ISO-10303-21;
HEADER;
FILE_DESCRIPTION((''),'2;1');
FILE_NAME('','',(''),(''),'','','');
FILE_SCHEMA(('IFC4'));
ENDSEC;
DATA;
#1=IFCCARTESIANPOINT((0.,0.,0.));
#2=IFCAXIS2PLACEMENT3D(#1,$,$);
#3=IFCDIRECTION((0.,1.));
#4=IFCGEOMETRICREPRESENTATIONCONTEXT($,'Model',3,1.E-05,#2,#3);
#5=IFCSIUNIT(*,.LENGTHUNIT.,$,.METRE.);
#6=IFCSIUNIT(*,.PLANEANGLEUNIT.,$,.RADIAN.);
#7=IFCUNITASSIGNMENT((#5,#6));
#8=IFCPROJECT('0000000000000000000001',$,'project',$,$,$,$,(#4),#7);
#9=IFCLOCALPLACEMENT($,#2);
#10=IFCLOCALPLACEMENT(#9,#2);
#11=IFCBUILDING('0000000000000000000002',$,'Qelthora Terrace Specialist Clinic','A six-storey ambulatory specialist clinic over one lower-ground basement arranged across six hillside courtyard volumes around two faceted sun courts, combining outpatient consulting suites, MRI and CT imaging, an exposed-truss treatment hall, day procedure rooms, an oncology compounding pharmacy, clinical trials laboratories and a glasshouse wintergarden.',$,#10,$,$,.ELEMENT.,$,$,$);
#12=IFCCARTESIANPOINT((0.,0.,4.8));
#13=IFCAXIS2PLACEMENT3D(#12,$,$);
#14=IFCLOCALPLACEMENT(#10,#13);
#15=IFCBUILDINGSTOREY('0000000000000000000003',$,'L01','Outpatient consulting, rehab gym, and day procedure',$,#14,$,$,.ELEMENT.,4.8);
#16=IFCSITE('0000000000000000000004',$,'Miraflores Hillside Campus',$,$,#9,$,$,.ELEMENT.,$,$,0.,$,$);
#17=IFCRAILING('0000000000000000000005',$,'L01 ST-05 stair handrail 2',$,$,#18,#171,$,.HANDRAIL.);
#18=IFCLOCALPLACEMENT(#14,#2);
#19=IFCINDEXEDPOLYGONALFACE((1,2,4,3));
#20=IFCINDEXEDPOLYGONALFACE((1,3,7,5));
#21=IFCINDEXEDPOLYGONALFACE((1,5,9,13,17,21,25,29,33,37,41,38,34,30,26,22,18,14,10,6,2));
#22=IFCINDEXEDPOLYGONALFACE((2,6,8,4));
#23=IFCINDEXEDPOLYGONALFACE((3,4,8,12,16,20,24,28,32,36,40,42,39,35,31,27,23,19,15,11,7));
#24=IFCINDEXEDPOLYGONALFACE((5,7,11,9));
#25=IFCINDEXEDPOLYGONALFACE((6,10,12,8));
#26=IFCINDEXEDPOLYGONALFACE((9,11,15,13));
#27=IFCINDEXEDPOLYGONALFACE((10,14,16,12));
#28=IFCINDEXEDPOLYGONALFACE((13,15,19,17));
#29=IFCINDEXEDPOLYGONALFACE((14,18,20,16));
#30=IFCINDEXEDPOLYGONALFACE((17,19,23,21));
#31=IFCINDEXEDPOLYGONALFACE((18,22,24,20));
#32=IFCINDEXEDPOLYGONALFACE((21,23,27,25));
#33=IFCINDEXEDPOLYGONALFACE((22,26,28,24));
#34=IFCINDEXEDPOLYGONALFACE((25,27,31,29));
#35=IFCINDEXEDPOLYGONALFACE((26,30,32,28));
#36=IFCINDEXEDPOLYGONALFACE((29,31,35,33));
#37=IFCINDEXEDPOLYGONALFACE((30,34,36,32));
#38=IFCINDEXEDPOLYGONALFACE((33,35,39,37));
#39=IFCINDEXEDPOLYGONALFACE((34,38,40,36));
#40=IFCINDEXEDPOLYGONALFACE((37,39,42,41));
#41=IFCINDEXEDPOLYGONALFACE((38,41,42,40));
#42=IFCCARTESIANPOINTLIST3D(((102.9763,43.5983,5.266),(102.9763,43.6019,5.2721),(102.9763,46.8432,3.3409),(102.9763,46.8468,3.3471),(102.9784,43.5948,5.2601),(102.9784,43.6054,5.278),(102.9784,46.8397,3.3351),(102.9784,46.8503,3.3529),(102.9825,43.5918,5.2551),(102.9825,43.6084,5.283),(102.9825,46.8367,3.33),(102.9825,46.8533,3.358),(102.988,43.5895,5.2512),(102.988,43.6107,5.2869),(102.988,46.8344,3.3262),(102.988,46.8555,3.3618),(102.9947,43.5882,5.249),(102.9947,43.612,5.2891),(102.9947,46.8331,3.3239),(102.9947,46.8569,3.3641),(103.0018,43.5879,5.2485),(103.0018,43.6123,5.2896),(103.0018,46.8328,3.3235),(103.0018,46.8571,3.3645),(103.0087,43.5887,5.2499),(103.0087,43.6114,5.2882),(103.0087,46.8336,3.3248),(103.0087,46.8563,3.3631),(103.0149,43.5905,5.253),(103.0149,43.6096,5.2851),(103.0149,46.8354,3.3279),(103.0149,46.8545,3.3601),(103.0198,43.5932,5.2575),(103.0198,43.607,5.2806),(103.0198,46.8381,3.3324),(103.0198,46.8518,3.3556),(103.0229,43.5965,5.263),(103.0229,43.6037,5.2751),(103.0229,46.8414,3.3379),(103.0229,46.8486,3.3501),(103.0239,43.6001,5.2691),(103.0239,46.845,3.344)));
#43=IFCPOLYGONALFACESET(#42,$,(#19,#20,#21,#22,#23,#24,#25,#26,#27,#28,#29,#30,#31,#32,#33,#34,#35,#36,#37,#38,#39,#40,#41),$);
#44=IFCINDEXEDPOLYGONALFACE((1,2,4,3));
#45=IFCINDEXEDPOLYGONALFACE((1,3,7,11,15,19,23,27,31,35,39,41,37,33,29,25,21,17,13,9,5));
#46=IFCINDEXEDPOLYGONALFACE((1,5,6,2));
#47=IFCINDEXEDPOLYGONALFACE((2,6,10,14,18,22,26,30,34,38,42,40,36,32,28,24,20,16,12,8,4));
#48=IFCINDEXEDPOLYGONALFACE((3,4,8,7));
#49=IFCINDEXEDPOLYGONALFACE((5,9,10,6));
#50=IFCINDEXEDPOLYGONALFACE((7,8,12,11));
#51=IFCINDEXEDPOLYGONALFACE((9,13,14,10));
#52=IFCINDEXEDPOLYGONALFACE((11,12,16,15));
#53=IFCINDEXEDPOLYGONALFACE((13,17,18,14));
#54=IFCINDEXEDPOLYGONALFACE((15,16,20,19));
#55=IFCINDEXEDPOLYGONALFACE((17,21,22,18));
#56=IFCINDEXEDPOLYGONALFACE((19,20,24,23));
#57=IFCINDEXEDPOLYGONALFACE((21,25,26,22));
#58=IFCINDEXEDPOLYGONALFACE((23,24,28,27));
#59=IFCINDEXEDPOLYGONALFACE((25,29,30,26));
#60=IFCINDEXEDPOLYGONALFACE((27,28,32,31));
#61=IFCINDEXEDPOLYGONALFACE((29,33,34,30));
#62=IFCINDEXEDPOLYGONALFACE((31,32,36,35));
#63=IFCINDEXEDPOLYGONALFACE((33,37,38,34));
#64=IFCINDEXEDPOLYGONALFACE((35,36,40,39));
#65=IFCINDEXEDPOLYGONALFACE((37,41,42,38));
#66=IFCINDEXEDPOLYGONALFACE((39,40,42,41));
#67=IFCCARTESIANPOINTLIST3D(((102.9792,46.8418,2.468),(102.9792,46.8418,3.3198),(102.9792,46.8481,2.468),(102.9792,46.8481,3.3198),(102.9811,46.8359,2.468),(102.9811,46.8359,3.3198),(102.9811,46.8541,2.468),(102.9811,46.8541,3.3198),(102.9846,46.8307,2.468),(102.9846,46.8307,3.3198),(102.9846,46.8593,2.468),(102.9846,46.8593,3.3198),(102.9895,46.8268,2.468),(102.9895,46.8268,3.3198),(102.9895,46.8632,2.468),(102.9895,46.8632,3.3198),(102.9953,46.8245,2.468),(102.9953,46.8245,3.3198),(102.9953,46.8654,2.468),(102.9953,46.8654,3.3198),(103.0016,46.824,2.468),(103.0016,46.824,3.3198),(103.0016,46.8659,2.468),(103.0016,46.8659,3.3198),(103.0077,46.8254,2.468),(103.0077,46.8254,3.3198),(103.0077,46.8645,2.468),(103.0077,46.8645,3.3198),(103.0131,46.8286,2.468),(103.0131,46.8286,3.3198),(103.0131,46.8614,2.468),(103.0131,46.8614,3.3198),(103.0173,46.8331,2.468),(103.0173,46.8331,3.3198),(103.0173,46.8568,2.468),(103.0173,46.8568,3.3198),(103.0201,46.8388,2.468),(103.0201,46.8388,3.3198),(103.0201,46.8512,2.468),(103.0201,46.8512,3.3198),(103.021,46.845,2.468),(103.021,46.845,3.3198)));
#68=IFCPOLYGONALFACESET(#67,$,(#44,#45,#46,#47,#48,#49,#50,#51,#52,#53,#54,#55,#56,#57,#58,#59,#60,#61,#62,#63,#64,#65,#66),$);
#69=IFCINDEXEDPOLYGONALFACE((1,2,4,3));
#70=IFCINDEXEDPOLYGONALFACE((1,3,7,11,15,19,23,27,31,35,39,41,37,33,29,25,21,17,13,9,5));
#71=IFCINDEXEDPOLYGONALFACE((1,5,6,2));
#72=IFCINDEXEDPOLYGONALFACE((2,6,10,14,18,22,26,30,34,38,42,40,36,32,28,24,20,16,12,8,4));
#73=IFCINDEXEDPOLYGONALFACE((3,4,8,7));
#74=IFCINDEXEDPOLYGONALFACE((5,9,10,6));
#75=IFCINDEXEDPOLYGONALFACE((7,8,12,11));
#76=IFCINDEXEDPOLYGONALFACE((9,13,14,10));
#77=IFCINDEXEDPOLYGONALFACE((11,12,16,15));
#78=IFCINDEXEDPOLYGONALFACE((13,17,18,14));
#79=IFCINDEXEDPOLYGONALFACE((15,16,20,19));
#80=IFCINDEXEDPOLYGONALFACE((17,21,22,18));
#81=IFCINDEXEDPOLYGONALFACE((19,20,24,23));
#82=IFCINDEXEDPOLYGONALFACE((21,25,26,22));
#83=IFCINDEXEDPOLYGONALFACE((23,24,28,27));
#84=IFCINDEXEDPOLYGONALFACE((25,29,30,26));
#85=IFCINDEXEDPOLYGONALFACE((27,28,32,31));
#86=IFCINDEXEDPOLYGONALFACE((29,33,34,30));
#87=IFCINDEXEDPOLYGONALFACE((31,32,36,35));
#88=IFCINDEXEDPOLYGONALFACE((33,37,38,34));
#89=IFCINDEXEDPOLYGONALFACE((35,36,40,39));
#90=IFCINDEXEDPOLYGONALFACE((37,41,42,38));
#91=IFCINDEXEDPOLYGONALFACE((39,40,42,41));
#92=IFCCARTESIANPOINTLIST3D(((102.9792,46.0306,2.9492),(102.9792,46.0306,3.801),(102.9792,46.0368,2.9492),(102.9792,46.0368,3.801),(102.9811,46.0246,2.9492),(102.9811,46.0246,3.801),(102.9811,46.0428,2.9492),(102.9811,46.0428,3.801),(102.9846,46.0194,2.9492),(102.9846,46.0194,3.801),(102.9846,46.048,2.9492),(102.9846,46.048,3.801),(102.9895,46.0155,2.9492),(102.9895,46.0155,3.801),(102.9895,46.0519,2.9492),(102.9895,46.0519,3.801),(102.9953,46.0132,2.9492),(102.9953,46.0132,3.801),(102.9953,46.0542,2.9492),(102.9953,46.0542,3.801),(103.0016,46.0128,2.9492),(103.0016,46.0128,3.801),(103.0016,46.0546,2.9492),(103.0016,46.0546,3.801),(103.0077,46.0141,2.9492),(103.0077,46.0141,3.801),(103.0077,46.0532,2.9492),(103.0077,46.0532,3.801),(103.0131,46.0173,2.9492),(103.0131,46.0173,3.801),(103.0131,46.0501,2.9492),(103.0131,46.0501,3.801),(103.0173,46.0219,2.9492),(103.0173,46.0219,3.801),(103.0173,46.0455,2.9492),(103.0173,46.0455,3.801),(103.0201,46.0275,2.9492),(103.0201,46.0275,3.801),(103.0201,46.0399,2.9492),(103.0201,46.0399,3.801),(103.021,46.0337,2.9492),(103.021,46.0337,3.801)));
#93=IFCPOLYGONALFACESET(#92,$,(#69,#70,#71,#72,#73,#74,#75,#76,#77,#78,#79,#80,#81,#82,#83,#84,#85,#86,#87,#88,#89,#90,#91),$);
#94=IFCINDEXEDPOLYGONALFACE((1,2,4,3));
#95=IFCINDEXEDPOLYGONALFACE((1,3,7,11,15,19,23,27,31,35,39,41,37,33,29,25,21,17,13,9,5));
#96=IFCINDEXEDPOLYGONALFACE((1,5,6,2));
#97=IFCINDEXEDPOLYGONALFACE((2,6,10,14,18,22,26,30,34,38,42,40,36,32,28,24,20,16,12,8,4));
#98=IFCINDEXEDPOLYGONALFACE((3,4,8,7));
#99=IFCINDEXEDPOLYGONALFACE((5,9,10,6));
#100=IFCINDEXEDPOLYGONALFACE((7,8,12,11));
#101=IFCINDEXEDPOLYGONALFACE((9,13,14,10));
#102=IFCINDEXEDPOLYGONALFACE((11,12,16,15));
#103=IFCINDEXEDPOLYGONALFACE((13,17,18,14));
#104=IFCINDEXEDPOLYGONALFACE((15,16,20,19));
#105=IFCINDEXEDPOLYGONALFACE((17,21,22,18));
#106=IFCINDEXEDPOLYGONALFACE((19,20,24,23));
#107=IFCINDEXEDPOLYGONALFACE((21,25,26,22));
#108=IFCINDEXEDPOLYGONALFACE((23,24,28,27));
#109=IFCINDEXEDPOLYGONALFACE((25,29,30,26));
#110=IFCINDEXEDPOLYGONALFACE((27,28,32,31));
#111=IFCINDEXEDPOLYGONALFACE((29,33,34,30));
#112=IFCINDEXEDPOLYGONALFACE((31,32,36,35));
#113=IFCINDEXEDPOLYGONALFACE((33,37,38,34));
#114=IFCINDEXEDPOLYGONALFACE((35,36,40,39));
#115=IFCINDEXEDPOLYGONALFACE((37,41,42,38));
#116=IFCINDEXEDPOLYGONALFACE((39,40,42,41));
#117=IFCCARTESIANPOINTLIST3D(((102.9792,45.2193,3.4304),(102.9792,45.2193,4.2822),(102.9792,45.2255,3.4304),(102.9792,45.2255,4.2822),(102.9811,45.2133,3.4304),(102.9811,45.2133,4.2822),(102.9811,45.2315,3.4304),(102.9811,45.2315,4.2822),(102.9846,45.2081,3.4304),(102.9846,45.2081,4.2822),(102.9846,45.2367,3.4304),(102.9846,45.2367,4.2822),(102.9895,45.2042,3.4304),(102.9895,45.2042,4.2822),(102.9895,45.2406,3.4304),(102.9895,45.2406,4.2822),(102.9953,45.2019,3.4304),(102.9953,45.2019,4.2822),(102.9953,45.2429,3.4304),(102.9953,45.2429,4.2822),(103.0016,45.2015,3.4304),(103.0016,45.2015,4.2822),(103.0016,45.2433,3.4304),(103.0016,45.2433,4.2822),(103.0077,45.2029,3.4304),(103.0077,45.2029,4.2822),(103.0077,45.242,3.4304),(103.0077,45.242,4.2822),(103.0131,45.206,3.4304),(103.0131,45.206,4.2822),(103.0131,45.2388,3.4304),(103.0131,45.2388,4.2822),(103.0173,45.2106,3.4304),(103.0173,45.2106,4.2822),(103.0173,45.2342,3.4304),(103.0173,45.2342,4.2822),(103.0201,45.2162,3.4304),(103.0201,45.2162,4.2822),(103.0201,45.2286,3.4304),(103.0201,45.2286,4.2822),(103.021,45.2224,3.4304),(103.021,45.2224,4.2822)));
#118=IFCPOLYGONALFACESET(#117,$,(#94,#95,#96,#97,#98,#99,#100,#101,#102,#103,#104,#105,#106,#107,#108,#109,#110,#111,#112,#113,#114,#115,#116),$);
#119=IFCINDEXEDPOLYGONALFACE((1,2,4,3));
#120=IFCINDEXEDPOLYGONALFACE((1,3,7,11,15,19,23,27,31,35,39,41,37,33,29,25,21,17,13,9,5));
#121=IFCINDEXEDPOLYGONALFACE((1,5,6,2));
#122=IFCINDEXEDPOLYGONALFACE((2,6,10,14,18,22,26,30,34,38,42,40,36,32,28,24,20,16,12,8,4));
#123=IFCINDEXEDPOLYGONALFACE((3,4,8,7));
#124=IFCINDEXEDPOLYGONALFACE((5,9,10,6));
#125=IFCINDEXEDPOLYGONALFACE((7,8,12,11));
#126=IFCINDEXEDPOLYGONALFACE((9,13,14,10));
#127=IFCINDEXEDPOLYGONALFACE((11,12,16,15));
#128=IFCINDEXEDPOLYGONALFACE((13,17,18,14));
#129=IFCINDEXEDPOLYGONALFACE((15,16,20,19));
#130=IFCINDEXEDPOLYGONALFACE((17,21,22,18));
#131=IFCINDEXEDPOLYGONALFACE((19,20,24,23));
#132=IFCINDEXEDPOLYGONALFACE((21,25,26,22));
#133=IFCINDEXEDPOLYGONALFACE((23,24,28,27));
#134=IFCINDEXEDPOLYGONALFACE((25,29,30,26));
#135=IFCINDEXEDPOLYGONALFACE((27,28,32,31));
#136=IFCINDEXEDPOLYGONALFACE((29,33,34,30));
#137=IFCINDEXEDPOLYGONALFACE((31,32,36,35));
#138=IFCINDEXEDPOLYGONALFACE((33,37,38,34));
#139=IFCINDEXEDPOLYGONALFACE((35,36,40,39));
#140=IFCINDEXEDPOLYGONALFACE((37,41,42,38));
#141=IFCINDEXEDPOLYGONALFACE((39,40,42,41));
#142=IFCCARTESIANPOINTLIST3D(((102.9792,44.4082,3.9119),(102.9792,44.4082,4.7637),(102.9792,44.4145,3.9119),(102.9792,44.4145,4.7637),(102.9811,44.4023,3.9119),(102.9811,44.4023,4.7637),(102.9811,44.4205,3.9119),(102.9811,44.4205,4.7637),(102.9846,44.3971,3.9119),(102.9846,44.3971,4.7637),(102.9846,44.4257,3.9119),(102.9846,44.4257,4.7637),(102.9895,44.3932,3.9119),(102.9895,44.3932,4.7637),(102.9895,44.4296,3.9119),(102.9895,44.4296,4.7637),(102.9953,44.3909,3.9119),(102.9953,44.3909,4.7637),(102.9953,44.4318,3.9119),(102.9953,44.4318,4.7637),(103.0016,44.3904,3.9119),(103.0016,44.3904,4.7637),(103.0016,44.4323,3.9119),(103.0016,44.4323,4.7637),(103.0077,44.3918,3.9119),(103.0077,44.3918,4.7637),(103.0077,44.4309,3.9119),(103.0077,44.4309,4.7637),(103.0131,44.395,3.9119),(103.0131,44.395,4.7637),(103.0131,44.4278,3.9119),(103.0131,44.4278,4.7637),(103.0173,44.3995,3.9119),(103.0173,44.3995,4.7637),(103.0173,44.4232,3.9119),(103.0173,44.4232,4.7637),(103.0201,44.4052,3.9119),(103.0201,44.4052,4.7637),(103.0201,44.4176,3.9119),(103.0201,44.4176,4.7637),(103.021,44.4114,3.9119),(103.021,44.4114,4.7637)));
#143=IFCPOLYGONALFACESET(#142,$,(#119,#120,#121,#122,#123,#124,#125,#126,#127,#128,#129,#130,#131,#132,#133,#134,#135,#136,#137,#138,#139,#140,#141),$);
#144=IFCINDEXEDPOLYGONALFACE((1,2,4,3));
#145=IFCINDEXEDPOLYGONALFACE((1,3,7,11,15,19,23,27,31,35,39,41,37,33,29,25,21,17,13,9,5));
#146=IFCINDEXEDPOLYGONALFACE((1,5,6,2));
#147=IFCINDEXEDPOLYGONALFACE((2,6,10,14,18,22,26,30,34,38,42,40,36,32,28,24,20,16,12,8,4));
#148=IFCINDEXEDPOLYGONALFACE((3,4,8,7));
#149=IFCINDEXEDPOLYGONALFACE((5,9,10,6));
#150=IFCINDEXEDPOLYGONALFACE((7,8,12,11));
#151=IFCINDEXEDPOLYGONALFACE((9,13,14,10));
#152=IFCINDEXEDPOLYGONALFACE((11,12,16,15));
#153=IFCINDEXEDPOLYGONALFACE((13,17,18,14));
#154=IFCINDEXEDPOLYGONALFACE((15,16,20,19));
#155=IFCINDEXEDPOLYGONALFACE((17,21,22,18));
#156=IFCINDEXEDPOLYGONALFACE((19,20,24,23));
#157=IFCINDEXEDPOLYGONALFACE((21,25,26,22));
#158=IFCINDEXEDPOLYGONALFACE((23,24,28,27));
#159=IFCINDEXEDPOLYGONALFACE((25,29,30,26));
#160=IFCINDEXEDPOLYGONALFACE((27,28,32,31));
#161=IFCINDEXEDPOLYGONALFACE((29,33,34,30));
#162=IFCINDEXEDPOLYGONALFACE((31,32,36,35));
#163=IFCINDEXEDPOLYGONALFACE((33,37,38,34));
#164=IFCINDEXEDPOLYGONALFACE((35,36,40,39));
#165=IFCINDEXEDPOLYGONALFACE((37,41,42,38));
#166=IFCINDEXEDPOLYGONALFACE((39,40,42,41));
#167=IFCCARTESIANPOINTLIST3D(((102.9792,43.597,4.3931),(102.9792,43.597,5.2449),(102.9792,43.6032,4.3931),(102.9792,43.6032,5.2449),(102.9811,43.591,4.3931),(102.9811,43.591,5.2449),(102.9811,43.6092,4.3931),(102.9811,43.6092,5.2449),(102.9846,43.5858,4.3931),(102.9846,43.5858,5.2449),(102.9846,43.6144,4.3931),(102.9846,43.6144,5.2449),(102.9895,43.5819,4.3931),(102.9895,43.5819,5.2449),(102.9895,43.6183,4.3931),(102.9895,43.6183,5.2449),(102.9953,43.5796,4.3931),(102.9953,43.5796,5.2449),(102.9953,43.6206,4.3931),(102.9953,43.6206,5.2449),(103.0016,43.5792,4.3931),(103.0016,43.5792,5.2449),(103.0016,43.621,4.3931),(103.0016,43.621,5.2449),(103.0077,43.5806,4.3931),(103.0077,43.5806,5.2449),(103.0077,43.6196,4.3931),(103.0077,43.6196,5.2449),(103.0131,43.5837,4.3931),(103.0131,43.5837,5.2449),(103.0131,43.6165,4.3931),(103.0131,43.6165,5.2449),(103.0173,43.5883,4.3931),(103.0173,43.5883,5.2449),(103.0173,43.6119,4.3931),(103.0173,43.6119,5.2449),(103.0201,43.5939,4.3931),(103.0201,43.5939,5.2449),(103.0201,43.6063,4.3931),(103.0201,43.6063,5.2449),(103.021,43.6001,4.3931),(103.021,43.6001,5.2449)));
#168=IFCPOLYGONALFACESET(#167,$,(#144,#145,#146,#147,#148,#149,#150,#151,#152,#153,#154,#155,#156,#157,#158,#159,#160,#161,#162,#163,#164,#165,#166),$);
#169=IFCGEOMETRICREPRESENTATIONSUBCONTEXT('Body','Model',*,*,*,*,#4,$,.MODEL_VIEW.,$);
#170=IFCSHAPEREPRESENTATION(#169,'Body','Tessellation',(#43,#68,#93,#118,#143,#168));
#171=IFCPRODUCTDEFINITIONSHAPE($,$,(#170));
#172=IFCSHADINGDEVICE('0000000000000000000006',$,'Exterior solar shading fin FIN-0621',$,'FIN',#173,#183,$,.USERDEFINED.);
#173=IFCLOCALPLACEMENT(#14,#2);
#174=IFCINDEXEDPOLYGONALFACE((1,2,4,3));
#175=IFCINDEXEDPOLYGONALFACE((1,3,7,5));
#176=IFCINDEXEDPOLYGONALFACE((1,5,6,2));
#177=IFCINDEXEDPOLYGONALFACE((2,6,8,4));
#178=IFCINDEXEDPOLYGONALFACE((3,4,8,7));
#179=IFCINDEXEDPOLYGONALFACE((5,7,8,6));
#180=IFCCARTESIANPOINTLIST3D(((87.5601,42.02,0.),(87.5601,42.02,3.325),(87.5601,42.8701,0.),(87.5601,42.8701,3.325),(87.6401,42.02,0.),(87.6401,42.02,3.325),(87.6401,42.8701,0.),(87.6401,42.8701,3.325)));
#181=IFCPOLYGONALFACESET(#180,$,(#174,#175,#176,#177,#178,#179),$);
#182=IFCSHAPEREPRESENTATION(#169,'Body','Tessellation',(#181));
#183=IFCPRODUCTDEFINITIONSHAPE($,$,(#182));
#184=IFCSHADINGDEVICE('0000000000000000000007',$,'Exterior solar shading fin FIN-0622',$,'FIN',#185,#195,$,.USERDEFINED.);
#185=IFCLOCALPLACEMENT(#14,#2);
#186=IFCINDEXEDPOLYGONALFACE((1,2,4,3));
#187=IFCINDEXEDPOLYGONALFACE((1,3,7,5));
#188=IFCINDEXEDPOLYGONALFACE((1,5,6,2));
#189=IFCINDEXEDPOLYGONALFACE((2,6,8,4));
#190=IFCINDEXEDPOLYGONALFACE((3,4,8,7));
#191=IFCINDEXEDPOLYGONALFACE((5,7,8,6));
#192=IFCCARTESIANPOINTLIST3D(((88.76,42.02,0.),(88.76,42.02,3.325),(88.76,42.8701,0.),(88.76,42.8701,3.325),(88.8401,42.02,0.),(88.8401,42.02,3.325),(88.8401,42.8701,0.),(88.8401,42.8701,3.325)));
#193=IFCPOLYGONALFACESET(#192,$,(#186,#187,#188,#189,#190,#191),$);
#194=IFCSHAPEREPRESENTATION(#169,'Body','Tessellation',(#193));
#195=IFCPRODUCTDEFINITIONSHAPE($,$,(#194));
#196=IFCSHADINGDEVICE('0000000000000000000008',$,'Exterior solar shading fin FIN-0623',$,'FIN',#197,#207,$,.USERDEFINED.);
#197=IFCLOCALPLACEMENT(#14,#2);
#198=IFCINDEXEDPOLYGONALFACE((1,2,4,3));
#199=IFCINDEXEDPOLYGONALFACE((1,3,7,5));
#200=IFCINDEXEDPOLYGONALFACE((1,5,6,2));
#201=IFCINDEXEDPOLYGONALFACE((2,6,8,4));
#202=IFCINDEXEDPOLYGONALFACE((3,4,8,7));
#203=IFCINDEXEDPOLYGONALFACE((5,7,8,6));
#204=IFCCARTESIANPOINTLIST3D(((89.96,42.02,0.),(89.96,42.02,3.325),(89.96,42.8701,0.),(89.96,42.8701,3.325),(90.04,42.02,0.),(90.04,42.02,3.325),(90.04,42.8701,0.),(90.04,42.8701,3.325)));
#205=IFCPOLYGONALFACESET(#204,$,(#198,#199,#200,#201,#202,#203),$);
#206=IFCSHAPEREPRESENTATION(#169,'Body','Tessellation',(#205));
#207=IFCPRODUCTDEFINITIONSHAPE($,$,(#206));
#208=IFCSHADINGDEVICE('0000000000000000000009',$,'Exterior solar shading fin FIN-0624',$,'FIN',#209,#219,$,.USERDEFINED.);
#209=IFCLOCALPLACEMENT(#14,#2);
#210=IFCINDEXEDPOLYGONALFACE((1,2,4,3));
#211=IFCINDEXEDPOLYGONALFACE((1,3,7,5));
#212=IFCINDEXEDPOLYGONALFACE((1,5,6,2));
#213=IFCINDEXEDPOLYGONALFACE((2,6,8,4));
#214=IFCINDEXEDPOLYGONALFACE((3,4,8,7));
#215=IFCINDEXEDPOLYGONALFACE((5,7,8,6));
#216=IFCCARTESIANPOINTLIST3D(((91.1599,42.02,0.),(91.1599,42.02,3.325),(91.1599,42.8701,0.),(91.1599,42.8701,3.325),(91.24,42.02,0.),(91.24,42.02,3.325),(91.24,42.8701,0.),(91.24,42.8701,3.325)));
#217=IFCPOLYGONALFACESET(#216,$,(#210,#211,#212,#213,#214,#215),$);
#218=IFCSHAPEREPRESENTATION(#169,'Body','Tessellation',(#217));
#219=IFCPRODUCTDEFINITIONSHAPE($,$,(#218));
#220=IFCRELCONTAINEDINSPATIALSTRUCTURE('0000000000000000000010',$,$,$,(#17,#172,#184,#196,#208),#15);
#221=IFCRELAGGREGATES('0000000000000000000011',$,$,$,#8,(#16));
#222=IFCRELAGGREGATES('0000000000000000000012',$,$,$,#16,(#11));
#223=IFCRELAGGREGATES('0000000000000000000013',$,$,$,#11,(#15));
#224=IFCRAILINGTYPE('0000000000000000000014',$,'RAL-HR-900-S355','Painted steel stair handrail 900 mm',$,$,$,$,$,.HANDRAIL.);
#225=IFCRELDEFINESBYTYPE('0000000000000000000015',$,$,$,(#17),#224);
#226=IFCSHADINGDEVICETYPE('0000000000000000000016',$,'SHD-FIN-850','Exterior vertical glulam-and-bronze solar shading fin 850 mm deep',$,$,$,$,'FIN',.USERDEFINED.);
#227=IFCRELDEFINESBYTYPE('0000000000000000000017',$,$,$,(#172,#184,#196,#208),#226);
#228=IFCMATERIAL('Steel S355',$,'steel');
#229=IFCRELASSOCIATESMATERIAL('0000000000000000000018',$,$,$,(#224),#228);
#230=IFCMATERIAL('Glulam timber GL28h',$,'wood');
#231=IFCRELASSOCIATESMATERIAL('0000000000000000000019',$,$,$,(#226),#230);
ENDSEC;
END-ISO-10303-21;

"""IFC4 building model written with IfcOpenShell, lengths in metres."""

from ifc_helpers import new_model, si_unit, direction, frame, origin, origin_2d, place, context, subcontext, project, spatial, rectangle, circle, extrude, material, type_object, element, save


model = new_model("IFC4")

# Units and contexts
model_context = context("Model", 3, precision=1e-05, world=origin(), true_north=direction((0.0, 1.0)))
body_context = subcontext(model_context, "Body", "Model", "MODEL_VIEW")
ifc_project = project(units=[si_unit("LENGTHUNIT", "METRE"), si_unit("PLANEANGLEUNIT", "RADIAN")], contexts=[model_context])

# Site, building, storey
site_placement = place(None, origin())
site = spatial("IfcSite", under=ifc_project, at=site_placement, Name="Miraflores Hillside Campus", CompositionType="ELEMENT", RefElevation=0.0)
building_placement = place(site_placement, origin())
building = spatial("IfcBuilding", under=site, at=building_placement, Name="Qelthora Terrace Specialist Clinic", Description="A six-storey ambulatory specialist clinic over one lower-ground basement arranged across six hillside courtyard volumes around two faceted sun courts, combining outpatient consulting suites, MRI and CT imaging, an exposed-truss treatment hall, day procedure rooms, an oncology compounding pharmacy, clinical trials laboratories and a glasshouse wintergarden.", CompositionType="ELEMENT")
storey_placement = place(building_placement, frame((0.0, 0.0, 4.8)))
storey = spatial("IfcBuildingStorey", under=building, at=storey_placement, Name="L01", Description="Outpatient consulting, rehab gym, and day procedure", CompositionType="ELEMENT", Elevation=4.8)

# Shared definitions
ifc_material_1 = material(Name="Steel S355", Category="steel")

# Railing
railing_type_1 = type_object("IfcRailingType", Name="RAL-HR-900-S355", Description="Painted steel stair handrail 900 mm", PredefinedType="HANDRAIL", material=ifc_material_1)
railing_1_placement = place(storey_placement, frame((103.0, 46.845, 2.468)))
element("IfcRailing", 1, at=railing_1_placement, inside=storey, type_object=railing_type_1, Name="L01 ST-05 stair handrail 2", PredefinedType="HANDRAIL", context=body_context, shape_type="SweptSolid", body=[
    extrude(circle(Radius=0.0239, at=origin_2d()), frame((0.0, 0.0, 0.876), z_axis=(0.0, -0.86004, 0.510226), x_axis=(1.0, 0.0, 0.0)), (0.0, 0.0, 1.0), 3.7729),
    extrude(circle(Radius=0.021, at=origin_2d()), origin(), (0.0, 0.0, 1.0), 0.8518),
    extrude(circle(Radius=0.021, at=origin_2d()), frame((0.0, -0.8113, 0.4812)), (0.0, 0.0, 1.0), 0.8518),
    extrude(circle(Radius=0.021, at=origin_2d()), frame((0.0, -1.6226, 0.9624)), (0.0, 0.0, 1.0), 0.8518),
    extrude(circle(Radius=0.021, at=origin_2d()), frame((0.0, -2.4336, 1.4438)), (0.0, 0.0, 1.0), 0.8518),
    extrude(circle(Radius=0.021, at=origin_2d()), frame((0.0, -3.2449, 1.925)), (0.0, 0.0, 1.0), 0.8518),
])

# Shading devices
ifc_material_2 = material(Name="Glulam timber GL28h", Category="wood")
shading_device_type = type_object("IfcShadingDeviceType", Name="SHD-FIN-850", Description="Exterior vertical glulam-and-bronze solar shading fin 850 mm deep", ElementType="FIN", PredefinedType="USERDEFINED", material=ifc_material_2)
for number, where, z_axis, x_axis, name in (
    (2, (87.6001, 42.4451, 0.0), (0.0, 0.0, 1.0), (0.0, 1.0, 0.0), "Exterior solar shading fin FIN-0621"),
    (3, (88.8, 42.4451, 0.0), (0.0, 0.0, 1.0), (0.0, 1.0, 0.0), "Exterior solar shading fin FIN-0622"),
    (4, (90.0, 42.4451, 0.0), (0.0, 0.0, 1.0), (0.0, 1.0, 0.0), "Exterior solar shading fin FIN-0623"),
    (5, (91.2, 42.4451, 0.0), (0.0, 0.0, 1.0), (0.0, 1.0, 0.0), "Exterior solar shading fin FIN-0624"),
):
    element("IfcShadingDevice", number, at=place(storey_placement, frame(where, z_axis=z_axis, x_axis=x_axis)), inside=storey, type_object=shading_device_type, Name=name, ObjectType="FIN", PredefinedType="USERDEFINED", context=body_context, shape_type="SweptSolid", body=[
        extrude(rectangle(XDim=0.8501, YDim=0.0801, at=origin_2d()), origin(), (0.0, 0.0, 1.0), 3.325),
    ])

save(model, "model.ifc")
